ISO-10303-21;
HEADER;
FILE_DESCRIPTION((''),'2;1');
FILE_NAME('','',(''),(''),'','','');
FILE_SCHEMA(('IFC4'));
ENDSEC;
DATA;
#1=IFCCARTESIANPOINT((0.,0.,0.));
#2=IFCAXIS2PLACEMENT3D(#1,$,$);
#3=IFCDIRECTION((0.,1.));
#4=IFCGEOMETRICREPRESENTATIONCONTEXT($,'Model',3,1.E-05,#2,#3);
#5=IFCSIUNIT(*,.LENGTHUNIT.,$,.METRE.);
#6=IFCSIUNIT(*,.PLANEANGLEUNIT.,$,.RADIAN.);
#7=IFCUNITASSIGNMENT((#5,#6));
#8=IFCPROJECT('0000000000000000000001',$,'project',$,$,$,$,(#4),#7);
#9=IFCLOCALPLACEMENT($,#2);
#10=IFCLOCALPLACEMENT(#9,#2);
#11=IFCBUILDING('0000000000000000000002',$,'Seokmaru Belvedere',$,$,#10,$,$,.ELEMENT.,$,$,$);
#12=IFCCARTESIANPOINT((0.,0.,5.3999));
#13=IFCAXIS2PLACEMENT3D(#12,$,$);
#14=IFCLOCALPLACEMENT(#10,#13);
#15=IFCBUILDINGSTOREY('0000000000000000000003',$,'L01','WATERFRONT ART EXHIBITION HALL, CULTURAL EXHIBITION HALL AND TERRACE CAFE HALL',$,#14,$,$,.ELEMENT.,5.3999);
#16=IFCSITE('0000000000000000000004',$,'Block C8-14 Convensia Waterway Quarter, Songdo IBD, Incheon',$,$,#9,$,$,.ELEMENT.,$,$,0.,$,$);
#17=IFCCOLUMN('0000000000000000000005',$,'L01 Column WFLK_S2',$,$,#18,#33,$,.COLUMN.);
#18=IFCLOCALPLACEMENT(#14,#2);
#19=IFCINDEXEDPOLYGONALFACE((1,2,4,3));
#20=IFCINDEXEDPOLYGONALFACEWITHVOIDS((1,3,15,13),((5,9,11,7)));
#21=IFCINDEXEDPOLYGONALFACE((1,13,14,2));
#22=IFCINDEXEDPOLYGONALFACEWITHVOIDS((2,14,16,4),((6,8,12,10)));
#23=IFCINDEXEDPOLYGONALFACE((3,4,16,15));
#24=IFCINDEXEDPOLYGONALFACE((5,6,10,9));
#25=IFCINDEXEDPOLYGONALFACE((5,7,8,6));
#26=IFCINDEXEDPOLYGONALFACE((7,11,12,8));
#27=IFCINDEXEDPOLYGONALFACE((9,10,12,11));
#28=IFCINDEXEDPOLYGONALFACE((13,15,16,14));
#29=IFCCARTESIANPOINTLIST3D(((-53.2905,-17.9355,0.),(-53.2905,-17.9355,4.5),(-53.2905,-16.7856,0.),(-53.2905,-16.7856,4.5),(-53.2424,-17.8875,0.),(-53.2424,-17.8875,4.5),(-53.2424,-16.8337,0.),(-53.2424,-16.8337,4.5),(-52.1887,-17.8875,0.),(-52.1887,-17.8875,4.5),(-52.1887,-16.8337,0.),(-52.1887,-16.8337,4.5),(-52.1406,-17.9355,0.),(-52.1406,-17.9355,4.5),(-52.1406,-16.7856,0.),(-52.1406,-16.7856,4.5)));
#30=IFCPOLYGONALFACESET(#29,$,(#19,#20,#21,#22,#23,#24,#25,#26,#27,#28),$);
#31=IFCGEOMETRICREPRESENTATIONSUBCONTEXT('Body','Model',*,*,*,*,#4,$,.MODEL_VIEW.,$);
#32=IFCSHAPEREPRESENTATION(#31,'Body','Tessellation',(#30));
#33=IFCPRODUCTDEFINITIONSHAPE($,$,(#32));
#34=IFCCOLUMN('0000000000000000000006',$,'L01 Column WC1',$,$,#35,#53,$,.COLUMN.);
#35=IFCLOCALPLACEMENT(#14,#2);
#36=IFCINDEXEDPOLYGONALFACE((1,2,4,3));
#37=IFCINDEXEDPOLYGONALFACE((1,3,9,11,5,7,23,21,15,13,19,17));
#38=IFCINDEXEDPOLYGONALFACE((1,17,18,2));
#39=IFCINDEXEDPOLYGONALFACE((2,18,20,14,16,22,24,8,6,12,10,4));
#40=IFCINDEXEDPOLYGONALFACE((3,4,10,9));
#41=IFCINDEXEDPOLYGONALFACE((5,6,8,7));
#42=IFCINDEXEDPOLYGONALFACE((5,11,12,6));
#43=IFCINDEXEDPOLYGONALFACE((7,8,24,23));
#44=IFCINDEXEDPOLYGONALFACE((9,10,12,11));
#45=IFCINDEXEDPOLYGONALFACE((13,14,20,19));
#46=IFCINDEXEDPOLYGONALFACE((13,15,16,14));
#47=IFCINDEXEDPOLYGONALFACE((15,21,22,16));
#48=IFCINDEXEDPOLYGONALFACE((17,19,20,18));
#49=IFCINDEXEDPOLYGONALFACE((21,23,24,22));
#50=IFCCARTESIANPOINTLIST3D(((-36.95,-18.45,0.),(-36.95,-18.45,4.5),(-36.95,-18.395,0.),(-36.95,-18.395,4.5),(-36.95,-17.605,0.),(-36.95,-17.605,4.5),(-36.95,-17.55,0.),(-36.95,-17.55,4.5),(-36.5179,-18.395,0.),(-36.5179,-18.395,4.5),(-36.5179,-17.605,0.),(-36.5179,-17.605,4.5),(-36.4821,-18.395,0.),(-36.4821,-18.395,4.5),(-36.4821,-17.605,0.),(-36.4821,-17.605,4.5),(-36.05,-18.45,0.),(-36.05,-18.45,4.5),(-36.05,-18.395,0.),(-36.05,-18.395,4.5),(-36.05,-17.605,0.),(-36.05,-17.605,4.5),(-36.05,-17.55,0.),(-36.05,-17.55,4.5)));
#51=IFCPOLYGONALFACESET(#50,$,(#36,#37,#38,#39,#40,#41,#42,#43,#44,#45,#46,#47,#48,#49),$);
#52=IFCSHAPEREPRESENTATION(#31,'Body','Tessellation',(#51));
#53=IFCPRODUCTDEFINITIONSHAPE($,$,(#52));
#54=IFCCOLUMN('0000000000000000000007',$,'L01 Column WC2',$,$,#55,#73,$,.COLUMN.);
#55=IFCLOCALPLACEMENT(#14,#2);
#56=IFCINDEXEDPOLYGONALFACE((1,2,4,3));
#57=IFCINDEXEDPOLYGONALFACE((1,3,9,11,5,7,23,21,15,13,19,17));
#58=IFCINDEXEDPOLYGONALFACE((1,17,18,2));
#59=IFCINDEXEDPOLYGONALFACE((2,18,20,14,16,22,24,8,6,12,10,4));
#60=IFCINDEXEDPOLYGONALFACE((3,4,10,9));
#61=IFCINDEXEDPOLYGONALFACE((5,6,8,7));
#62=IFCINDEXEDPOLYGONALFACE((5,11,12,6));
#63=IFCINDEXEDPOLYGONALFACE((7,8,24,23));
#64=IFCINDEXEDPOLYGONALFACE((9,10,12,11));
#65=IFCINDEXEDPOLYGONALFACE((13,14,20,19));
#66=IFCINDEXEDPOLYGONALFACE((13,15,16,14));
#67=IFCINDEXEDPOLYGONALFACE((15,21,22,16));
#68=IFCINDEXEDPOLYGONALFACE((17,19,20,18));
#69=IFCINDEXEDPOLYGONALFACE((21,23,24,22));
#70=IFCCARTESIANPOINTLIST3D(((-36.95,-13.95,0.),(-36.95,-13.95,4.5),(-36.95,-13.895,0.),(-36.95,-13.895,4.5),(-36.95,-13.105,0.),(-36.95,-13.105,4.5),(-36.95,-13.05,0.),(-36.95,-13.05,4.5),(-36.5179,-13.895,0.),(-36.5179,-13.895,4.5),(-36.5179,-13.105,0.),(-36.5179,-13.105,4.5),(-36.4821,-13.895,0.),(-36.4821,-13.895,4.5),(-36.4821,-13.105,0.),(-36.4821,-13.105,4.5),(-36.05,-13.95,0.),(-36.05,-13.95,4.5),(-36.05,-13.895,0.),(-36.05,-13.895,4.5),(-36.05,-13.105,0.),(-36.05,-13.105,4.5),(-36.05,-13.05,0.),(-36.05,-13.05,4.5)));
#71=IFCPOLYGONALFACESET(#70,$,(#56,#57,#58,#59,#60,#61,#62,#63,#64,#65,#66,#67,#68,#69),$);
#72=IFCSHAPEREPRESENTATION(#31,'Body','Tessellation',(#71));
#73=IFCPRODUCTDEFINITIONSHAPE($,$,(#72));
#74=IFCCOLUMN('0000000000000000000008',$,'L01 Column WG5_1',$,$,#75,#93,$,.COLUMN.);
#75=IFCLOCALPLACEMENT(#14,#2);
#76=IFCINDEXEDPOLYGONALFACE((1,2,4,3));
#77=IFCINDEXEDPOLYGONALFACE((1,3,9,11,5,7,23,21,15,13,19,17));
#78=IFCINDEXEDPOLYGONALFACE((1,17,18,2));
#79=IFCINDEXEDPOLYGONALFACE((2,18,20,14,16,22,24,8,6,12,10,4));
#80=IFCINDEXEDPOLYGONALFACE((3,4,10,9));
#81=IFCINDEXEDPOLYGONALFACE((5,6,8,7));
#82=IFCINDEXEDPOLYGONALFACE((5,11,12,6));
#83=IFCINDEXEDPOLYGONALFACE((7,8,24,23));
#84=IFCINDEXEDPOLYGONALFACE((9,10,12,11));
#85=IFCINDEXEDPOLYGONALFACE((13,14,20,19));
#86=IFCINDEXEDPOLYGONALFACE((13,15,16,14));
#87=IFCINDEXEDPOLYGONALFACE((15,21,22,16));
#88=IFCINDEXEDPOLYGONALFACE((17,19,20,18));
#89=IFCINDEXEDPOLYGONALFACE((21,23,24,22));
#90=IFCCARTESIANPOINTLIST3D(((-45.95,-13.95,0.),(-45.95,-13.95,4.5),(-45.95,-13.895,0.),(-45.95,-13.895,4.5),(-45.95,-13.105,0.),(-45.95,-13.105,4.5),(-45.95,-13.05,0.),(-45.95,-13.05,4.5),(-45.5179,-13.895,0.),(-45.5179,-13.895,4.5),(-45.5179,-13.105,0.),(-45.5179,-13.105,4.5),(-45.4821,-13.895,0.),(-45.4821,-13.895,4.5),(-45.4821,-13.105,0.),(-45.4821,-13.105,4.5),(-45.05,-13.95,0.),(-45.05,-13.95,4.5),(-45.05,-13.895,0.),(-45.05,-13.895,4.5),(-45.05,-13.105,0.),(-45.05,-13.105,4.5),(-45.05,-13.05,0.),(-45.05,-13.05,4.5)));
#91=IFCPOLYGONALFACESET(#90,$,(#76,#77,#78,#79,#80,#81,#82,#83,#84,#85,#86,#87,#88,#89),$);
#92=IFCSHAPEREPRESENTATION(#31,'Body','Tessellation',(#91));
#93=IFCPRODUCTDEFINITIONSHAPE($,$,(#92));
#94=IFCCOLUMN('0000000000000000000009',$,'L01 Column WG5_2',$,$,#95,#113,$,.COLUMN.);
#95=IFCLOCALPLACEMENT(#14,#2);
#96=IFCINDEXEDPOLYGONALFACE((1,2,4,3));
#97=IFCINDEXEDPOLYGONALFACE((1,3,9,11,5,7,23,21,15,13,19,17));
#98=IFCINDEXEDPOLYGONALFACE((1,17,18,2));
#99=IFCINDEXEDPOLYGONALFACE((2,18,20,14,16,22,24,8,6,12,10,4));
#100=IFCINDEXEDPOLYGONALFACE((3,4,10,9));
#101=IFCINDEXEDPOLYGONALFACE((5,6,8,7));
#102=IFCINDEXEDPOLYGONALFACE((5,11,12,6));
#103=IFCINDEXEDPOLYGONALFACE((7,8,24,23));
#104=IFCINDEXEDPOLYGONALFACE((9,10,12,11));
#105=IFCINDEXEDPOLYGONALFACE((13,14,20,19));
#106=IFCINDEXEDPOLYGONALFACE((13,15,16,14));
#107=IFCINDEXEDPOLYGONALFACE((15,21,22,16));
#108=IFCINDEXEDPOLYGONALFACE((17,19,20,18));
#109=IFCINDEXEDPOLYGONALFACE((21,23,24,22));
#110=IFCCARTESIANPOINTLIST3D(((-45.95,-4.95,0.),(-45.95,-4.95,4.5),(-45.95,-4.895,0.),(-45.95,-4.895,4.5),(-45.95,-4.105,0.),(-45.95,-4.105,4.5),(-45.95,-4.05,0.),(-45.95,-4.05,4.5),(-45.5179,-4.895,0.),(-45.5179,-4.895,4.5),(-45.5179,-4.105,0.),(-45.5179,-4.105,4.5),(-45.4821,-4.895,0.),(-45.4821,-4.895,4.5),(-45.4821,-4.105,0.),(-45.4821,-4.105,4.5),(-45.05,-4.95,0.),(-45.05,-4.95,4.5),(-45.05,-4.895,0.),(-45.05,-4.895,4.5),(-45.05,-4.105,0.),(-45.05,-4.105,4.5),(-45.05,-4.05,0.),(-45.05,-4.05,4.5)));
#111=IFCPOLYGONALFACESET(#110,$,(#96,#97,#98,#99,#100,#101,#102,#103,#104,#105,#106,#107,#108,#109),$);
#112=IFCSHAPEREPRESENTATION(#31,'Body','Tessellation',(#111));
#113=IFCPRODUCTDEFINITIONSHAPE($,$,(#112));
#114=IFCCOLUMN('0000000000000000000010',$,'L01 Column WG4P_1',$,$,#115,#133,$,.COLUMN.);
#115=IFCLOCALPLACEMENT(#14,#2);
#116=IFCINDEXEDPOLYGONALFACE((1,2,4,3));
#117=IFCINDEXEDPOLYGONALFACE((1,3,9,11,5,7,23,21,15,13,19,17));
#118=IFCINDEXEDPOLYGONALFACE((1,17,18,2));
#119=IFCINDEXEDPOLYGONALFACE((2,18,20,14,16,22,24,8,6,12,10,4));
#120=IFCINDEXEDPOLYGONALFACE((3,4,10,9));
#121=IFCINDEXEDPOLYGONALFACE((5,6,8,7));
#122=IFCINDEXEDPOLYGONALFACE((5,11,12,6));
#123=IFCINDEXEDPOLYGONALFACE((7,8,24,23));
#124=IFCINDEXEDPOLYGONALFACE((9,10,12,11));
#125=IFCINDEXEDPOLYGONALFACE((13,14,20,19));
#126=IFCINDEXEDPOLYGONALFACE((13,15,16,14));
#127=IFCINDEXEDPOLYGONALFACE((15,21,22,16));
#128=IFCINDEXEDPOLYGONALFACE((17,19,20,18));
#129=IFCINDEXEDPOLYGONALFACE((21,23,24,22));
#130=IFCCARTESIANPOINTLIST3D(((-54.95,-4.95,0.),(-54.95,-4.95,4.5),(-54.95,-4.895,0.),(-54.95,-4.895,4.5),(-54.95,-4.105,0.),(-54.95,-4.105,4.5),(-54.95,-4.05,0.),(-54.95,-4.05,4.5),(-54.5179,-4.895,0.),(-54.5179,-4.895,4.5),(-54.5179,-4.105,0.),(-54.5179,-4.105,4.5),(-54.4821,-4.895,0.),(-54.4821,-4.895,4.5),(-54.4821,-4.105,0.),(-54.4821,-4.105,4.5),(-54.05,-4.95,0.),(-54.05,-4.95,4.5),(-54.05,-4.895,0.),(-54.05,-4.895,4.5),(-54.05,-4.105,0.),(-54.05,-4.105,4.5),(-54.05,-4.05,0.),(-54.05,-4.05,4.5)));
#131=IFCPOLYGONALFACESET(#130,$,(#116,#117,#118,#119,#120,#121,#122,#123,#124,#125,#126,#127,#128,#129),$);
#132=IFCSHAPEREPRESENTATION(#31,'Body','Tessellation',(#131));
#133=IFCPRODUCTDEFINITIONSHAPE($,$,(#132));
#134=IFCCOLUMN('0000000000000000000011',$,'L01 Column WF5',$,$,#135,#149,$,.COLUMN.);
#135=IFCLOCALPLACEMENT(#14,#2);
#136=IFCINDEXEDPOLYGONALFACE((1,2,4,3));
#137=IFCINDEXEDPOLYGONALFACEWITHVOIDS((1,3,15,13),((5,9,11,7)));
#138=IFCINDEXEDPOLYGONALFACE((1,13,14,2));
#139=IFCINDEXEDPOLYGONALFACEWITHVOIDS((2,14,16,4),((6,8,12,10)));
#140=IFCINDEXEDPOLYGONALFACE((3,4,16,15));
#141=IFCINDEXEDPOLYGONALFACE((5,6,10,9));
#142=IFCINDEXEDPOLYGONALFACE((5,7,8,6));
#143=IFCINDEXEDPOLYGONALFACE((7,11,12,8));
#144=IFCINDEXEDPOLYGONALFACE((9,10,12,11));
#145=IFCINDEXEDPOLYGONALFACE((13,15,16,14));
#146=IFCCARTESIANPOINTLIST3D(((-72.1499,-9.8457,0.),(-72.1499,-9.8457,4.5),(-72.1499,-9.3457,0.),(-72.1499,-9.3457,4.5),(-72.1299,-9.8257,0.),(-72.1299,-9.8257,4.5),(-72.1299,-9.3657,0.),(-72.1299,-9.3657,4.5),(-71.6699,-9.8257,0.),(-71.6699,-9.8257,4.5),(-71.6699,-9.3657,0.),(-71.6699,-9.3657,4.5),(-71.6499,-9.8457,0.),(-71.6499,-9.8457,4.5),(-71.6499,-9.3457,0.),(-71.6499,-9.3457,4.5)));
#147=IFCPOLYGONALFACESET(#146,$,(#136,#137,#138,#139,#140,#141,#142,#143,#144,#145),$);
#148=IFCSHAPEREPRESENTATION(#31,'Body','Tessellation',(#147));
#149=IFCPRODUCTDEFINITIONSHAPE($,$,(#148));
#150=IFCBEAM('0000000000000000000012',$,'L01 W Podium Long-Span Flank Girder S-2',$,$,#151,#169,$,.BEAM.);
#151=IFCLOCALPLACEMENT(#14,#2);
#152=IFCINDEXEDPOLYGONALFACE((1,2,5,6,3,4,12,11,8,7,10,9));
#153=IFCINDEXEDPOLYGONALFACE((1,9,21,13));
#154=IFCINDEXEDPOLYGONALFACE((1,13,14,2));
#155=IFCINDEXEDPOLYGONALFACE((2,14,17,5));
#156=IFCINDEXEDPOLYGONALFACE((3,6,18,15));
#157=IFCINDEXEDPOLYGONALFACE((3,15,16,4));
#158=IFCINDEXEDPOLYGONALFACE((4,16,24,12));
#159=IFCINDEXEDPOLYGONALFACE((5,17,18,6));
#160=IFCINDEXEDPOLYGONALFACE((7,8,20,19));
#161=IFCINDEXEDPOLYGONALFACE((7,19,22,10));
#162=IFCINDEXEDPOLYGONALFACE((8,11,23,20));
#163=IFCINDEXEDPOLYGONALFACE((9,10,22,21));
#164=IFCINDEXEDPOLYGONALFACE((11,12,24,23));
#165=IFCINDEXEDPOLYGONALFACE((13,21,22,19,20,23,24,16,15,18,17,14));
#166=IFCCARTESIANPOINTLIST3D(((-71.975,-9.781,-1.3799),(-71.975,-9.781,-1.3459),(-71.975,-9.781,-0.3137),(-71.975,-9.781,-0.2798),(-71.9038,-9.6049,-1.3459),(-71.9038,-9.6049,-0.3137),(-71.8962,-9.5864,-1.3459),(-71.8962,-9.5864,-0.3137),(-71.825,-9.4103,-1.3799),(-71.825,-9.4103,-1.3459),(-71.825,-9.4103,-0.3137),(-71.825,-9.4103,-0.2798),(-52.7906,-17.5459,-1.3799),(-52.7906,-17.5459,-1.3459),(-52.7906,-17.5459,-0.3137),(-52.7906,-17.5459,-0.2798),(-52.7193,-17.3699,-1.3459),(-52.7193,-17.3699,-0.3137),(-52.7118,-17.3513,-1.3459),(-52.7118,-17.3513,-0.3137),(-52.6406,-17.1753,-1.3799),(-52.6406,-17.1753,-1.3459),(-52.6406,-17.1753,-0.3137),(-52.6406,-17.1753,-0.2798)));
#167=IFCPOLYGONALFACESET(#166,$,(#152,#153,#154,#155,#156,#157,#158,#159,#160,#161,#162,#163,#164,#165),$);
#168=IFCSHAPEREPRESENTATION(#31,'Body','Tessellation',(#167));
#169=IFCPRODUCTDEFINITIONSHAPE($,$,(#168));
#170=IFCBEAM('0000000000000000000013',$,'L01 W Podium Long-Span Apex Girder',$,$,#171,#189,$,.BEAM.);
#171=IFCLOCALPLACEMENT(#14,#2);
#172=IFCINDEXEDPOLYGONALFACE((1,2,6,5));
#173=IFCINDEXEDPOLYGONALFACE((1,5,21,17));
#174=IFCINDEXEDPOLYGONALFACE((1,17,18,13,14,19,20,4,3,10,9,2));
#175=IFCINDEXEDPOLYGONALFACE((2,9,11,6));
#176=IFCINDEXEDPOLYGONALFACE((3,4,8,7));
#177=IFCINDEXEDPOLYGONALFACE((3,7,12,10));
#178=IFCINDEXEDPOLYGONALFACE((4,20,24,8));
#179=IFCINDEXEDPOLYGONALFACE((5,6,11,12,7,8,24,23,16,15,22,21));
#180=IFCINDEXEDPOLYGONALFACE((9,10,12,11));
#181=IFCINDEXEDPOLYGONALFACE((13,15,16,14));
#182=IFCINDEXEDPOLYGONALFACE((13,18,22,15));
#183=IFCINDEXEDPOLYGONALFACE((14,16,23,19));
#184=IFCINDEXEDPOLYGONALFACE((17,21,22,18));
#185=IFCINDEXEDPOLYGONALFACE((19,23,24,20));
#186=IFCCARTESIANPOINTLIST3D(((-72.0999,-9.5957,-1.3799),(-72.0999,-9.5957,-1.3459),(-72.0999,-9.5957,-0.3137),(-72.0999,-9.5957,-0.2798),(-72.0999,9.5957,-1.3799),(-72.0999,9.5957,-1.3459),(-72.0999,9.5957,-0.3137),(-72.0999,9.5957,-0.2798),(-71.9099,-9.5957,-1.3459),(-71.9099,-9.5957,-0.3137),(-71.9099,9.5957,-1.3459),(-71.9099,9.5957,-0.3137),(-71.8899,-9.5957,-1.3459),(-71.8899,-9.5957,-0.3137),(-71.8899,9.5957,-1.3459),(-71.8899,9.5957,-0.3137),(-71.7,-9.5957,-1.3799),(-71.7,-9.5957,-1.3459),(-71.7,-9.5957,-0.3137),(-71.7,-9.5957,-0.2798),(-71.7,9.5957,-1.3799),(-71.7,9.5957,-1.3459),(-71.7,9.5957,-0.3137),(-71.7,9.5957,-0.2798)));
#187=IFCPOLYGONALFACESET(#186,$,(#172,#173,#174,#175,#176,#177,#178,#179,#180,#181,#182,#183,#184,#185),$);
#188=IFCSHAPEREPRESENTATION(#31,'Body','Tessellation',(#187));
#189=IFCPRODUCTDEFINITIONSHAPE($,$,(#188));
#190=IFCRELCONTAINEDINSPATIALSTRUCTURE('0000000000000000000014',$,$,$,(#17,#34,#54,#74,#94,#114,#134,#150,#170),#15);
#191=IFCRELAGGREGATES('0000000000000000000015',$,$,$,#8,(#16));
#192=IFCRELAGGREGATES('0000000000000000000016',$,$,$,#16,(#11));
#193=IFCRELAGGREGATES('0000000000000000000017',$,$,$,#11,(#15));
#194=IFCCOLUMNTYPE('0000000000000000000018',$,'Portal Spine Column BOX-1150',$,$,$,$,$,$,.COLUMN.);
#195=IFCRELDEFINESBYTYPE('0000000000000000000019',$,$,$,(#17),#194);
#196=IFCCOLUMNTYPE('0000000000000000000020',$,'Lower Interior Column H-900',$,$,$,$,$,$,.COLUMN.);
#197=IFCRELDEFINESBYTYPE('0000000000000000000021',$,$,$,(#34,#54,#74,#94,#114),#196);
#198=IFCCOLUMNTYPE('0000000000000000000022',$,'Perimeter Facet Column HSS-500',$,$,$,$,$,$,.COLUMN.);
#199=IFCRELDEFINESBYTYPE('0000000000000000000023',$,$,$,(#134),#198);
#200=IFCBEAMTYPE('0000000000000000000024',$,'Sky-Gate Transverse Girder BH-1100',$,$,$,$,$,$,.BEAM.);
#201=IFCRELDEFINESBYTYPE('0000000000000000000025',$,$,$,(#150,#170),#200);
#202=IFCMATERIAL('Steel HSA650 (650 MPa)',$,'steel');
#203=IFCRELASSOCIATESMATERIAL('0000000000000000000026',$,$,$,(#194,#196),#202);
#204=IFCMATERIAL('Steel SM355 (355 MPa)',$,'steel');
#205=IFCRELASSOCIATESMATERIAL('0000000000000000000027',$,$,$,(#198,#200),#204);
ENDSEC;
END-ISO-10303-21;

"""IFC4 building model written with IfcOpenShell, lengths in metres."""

from ifc_helpers import new_model, si_unit, direction, frame, origin, origin_2d, place, context, subcontext, project, spatial, hollow_rectangle, i_section, extrude, source, transform, mapped, material, material_profile, profile_set, type_object, type_shapes, element, save


model = new_model("IFC4")

# Units and contexts
model_context = context("Model", 3, precision=1e-05, world=origin(), true_north=direction((0.0, 1.0)))
body_context = subcontext(model_context, "Body", "Model", "MODEL_VIEW")
ifc_project = project(units=[si_unit("LENGTHUNIT", "METRE"), si_unit("PLANEANGLEUNIT", "RADIAN")], contexts=[model_context])

# Site, building, storey
site_placement = place(None, origin())
site = spatial("IfcSite", under=ifc_project, at=site_placement, Name="Block C8-14 Convensia Waterway Quarter, Songdo IBD, Incheon", CompositionType="ELEMENT", RefElevation=0.0)
building_placement = place(site_placement, origin())
building = spatial("IfcBuilding", under=site, at=building_placement, Name="Seokmaru Belvedere", CompositionType="ELEMENT")
storey_placement = place(building_placement, frame((0.0, 0.0, 5.3999)))
storey = spatial("IfcBuildingStorey", under=building, at=storey_placement, Name="L01", Description="WATERFRONT ART EXHIBITION HALL, CULTURAL EXHIBITION HALL AND TERRACE CAFE HALL", CompositionType="ELEMENT", Elevation=5.3999)

# Columns
ifc_material_1 = material(Name="Steel HSA650 (650 MPa)", Category="steel")
ifc_material_profile_1 = material_profile(ifc_material_1, hollow_rectangle(XDim=1.1499, YDim=1.1499, WallThickness=0.0481, at=origin_2d()), Name="BOX-1150x1150x48")
ifc_profile_set_1 = profile_set([ifc_material_profile_1], Name="Steel HSA650 (650 MPa)")
column_type_1 = type_object("IfcColumnType", Name="Portal Spine Column BOX-1150", PredefinedType="COLUMN", material=ifc_profile_set_1)
shared_shape_1 = source(origin(), body_context, "Body", "SweptSolid", [
    extrude(hollow_rectangle(XDim=1.1499, YDim=1.1499, WallThickness=0.0481, at=origin_2d()), origin(), (0.0, 0.0, 1.0), 4.5),
])
type_shapes(column_type_1, [shared_shape_1])
column_1_placement = place(storey_placement, frame((-52.7156, -17.3606, 0.0), z_axis=(0.0, 0.0, 1.0), x_axis=(1.0, 0.0, 0.0)))
element("IfcColumn", 1, at=column_1_placement, inside=storey, type_object=column_type_1, Name="L01 Column WFLK_S2", PredefinedType="COLUMN", context=body_context, shape_type="MappedRepresentation", body=[
    mapped(shared_shape_1, transform((0.0, 0.0, 0.0), scale=1.0)),
])
ifc_material_profile_2 = material_profile(ifc_material_1, i_section(OverallWidth=0.8999, OverallDepth=0.8999, WebThickness=0.0359, FlangeThickness=0.0549, at=origin_2d()), Name="H-900x900x36x55")
ifc_profile_set_2 = profile_set([ifc_material_profile_2], Name="Steel HSA650 (650 MPa)")
column_type_2 = type_object("IfcColumnType", Name="Lower Interior Column H-900", PredefinedType="COLUMN", material=ifc_profile_set_2)
shared_shape_2 = source(origin(), body_context, "Body", "SweptSolid", [
    extrude(i_section(OverallWidth=0.8999, OverallDepth=0.8999, WebThickness=0.0359, FlangeThickness=0.0549, at=origin_2d()), origin(), (0.0, 0.0, 1.0), 4.5),
])
type_shapes(column_type_2, [shared_shape_2])
for number, where, z_axis, x_axis, name in (
    (2, (-36.5, -18.0, 0.0), (0.0, 0.0, 1.0), (1.0, 0.0, 0.0), "L01 Column WC1"),
    (3, (-36.5, -13.5, 0.0), (0.0, 0.0, 1.0), (1.0, 0.0, 0.0), "L01 Column WC2"),
    (4, (-45.5, -13.5, 0.0), (0.0, 0.0, 1.0), (1.0, 0.0, 0.0), "L01 Column WG5_1"),
    (5, (-45.5, -4.5, 0.0), (0.0, 0.0, 1.0), (1.0, 0.0, 0.0), "L01 Column WG5_2"),
    (6, (-54.5, -4.5, 0.0), (0.0, 0.0, 1.0), (1.0, 0.0, 0.0), "L01 Column WG4P_1"),
):
    element("IfcColumn", number, at=place(storey_placement, frame(where, z_axis=z_axis, x_axis=x_axis)), inside=storey, type_object=column_type_2, Name=name, PredefinedType="COLUMN", context=body_context, shape_type="MappedRepresentation", body=[
        mapped(shared_shape_2, transform((0.0, 0.0, 0.0), scale=1.0)),
    ])
ifc_material_2 = material(Name="Steel SM355 (355 MPa)", Category="steel")
ifc_material_profile_3 = material_profile(ifc_material_2, hollow_rectangle(XDim=0.5, YDim=0.5, WallThickness=0.02, at=origin_2d()), Name="HSS-500x500x20")
ifc_profile_set_3 = profile_set([ifc_material_profile_3], Name="Steel SM355 (355 MPa)")
column_type_3 = type_object("IfcColumnType", Name="Perimeter Facet Column HSS-500", PredefinedType="COLUMN", material=ifc_profile_set_3)
shared_shape_3 = source(origin(), body_context, "Body", "SweptSolid", [
    extrude(hollow_rectangle(XDim=0.5, YDim=0.5, WallThickness=0.02, at=origin_2d()), origin(), (0.0, 0.0, 1.0), 4.5),
])
type_shapes(column_type_3, [shared_shape_3])
column_2_placement = place(storey_placement, frame((-71.8999, -9.5957, 0.0), z_axis=(0.0, 0.0, 1.0), x_axis=(1.0, 0.0, 0.0)))
element("IfcColumn", 7, at=column_2_placement, inside=storey, type_object=column_type_3, Name="L01 Column WF5", PredefinedType="COLUMN", context=body_context, shape_type="MappedRepresentation", body=[
    mapped(shared_shape_3, transform((0.0, 0.0, 0.0), scale=1.0)),
])

# Beams
ifc_material_profile_4 = material_profile(ifc_material_2, i_section(OverallWidth=0.3999, OverallDepth=1.1001, WebThickness=0.02, FlangeThickness=0.0339, at=origin_2d()), Name="BH-1100x400x20x34")
ifc_profile_set_4 = profile_set([ifc_material_profile_4], Name="Steel SM355 (355 MPa)")
beam_type_1 = type_object("IfcBeamType", Name="Sky-Gate Transverse Girder BH-1100", PredefinedType="BEAM", material=ifc_profile_set_4)
shared_shape_4 = source(origin(), body_context, "Body", "SweptSolid", [
    extrude(i_section(OverallWidth=0.3999, OverallDepth=1.1001, WebThickness=0.02, FlangeThickness=0.0339, at=origin_2d()), origin(), (0.0, 0.0, 1.0), 20.6963),
])
beam_1_placement = place(storey_placement, frame((-52.7156, -17.3606, -0.8298), z_axis=(-0.92695, 0.375185, 0.0), x_axis=(-0.375185, -0.92695, 0.0)))
element("IfcBeam", 8, at=beam_1_placement, inside=storey, type_object=beam_type_1, Name="L01 W Podium Long-Span Flank Girder S-2", PredefinedType="BEAM", context=body_context, shape_type="MappedRepresentation", body=[
    mapped(shared_shape_4, transform((0.0, 0.0, 0.0), scale=1.0)),
])
shared_shape_5 = source(origin(), body_context, "Body", "SweptSolid", [
    extrude(i_section(OverallWidth=0.3999, OverallDepth=1.1001, WebThickness=0.02, FlangeThickness=0.0339, at=origin_2d()), origin(), (0.0, 0.0, 1.0), 19.1914),
])
type_shapes(beam_type_1, [shared_shape_4, shared_shape_5])
beam_2_placement = place(storey_placement, frame((-71.8999, -9.5957, -0.8298), z_axis=(0.0, 1.0, 0.0), x_axis=(-1.0, 0.0, 0.0)))
element("IfcBeam", 9, at=beam_2_placement, inside=storey, type_object=beam_type_1, Name="L01 W Podium Long-Span Apex Girder", PredefinedType="BEAM", context=body_context, shape_type="MappedRepresentation", body=[
    mapped(shared_shape_5, transform((0.0, 0.0, 0.0), scale=1.0)),
])

save(model, "model.ifc")
